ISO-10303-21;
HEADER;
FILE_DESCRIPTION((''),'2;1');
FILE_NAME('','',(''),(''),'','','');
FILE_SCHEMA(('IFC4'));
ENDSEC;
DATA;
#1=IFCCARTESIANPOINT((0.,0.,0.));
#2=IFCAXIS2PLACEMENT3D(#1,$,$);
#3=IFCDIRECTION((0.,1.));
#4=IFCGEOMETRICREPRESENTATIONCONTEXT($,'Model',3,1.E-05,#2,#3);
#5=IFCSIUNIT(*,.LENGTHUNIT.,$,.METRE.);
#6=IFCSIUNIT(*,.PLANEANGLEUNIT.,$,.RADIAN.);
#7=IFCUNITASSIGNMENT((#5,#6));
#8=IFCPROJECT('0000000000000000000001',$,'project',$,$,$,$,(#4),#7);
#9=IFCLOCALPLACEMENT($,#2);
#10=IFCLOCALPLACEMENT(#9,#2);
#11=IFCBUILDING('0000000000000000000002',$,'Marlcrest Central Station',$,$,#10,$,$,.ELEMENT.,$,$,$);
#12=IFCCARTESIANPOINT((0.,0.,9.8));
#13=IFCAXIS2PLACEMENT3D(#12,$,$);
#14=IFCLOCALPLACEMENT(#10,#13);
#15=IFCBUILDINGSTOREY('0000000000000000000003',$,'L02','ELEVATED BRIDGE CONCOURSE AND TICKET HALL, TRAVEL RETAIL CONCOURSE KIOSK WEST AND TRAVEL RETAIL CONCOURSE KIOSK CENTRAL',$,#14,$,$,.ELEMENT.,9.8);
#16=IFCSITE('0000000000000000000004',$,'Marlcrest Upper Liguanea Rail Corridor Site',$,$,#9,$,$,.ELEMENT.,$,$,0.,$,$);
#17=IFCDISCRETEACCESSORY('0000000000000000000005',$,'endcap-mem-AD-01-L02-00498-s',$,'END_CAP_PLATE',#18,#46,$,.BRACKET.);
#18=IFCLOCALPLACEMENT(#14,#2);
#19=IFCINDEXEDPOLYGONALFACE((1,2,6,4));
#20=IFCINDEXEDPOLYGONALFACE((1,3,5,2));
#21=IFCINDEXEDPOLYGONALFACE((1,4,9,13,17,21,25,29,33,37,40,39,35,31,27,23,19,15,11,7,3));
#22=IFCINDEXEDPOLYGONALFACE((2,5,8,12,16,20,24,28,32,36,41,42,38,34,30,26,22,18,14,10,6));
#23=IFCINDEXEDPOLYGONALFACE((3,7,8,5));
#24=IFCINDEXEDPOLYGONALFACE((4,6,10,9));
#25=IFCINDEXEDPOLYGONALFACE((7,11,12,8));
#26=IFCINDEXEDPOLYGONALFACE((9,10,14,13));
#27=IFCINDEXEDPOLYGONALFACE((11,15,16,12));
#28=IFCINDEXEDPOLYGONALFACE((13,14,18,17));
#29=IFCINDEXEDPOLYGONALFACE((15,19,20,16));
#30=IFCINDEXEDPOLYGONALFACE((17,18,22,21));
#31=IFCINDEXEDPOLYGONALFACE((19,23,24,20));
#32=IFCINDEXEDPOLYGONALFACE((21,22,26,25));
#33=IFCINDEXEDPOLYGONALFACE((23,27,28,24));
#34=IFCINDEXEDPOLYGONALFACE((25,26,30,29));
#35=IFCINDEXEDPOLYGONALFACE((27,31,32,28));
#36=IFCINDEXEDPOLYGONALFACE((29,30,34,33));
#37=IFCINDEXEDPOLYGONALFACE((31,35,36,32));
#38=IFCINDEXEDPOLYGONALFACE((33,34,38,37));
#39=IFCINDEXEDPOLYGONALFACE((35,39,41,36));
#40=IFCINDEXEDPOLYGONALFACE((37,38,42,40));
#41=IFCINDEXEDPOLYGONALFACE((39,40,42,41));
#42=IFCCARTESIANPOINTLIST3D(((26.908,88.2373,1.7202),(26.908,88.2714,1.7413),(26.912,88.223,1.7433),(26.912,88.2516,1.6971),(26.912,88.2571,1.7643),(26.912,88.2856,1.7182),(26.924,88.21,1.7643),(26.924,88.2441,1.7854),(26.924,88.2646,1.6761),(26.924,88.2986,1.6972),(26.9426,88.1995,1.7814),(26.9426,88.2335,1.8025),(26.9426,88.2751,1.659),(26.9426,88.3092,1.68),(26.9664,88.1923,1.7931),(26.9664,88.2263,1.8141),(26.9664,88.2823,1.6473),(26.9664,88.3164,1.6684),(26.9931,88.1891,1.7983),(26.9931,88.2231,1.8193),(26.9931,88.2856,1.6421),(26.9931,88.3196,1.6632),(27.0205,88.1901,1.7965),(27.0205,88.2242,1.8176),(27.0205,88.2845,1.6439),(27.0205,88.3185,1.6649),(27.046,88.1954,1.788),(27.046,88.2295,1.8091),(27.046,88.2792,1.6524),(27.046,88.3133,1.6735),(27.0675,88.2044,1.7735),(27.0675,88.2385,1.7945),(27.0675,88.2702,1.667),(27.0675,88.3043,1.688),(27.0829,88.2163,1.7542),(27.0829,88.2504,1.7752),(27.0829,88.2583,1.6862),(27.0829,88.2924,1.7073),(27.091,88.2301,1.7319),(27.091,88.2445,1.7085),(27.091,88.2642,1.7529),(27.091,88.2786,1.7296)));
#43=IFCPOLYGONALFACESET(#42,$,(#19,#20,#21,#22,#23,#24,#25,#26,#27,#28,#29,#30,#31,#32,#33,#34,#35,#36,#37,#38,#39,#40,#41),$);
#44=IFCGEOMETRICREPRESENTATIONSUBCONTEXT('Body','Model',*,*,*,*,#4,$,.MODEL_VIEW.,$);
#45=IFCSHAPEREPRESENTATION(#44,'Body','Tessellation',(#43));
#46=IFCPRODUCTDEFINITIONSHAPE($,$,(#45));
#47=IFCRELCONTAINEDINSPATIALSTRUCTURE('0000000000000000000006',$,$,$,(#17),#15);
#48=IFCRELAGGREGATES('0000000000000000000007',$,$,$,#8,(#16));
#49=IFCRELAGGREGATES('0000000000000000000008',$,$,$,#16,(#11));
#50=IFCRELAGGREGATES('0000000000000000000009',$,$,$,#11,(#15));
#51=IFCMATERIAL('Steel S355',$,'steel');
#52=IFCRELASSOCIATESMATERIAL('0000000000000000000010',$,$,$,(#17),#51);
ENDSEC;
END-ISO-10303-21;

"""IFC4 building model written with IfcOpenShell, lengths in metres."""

from ifc_helpers import new_model, si_unit, direction, frame, origin, origin_2d, place, context, subcontext, project, spatial, circle, extrude, material, element, save


model = new_model("IFC4")

# Units and contexts
model_context = context("Model", 3, precision=1e-05, world=origin(), true_north=direction((0.0, 1.0)))
body_context = subcontext(model_context, "Body", "Model", "MODEL_VIEW")
ifc_project = project(units=[si_unit("LENGTHUNIT", "METRE"), si_unit("PLANEANGLEUNIT", "RADIAN")], contexts=[model_context])

# Site, building, storey
site_placement = place(None, origin())
site = spatial("IfcSite", under=ifc_project, at=site_placement, Name="Marlcrest Upper Liguanea Rail Corridor Site", CompositionType="ELEMENT", RefElevation=0.0)
building_placement = place(site_placement, origin())
building = spatial("IfcBuilding", under=site, at=building_placement, Name="Marlcrest Central Station", CompositionType="ELEMENT")
storey_placement = place(building_placement, frame((0.0, 0.0, 9.8)))
storey = spatial("IfcBuildingStorey", under=building, at=storey_placement, Name="L02", Description="ELEVATED BRIDGE CONCOURSE AND TICKET HALL, TRAVEL RETAIL CONCOURSE KIOSK WEST AND TRAVEL RETAIL CONCOURSE KIOSK CENTRAL", CompositionType="ELEMENT", Elevation=9.8)

# Shared definitions
ifc_material_1 = material(Name="Steel S355", Category="steel")

# Discrete accessory
discrete_accessory_1_placement = place(storey_placement, frame((27.0, 88.2373, 1.7202), z_axis=(0.0, 0.850687, 0.525672), x_axis=(-1.0, 0.0, 0.0)))
element("IfcDiscreteAccessory", 1, at=discrete_accessory_1_placement, inside=storey, material=ifc_material_1, Name="endcap-mem-AD-01-L02-00498-s", ObjectType="END_CAP_PLATE", PredefinedType="BRACKET", context=body_context, shape_type="SweptSolid", body=[
    extrude(circle(Radius=0.092, at=origin_2d()), origin(), (0.0, 0.0, 1.0), 0.04),
])

save(model, "model.ifc")
